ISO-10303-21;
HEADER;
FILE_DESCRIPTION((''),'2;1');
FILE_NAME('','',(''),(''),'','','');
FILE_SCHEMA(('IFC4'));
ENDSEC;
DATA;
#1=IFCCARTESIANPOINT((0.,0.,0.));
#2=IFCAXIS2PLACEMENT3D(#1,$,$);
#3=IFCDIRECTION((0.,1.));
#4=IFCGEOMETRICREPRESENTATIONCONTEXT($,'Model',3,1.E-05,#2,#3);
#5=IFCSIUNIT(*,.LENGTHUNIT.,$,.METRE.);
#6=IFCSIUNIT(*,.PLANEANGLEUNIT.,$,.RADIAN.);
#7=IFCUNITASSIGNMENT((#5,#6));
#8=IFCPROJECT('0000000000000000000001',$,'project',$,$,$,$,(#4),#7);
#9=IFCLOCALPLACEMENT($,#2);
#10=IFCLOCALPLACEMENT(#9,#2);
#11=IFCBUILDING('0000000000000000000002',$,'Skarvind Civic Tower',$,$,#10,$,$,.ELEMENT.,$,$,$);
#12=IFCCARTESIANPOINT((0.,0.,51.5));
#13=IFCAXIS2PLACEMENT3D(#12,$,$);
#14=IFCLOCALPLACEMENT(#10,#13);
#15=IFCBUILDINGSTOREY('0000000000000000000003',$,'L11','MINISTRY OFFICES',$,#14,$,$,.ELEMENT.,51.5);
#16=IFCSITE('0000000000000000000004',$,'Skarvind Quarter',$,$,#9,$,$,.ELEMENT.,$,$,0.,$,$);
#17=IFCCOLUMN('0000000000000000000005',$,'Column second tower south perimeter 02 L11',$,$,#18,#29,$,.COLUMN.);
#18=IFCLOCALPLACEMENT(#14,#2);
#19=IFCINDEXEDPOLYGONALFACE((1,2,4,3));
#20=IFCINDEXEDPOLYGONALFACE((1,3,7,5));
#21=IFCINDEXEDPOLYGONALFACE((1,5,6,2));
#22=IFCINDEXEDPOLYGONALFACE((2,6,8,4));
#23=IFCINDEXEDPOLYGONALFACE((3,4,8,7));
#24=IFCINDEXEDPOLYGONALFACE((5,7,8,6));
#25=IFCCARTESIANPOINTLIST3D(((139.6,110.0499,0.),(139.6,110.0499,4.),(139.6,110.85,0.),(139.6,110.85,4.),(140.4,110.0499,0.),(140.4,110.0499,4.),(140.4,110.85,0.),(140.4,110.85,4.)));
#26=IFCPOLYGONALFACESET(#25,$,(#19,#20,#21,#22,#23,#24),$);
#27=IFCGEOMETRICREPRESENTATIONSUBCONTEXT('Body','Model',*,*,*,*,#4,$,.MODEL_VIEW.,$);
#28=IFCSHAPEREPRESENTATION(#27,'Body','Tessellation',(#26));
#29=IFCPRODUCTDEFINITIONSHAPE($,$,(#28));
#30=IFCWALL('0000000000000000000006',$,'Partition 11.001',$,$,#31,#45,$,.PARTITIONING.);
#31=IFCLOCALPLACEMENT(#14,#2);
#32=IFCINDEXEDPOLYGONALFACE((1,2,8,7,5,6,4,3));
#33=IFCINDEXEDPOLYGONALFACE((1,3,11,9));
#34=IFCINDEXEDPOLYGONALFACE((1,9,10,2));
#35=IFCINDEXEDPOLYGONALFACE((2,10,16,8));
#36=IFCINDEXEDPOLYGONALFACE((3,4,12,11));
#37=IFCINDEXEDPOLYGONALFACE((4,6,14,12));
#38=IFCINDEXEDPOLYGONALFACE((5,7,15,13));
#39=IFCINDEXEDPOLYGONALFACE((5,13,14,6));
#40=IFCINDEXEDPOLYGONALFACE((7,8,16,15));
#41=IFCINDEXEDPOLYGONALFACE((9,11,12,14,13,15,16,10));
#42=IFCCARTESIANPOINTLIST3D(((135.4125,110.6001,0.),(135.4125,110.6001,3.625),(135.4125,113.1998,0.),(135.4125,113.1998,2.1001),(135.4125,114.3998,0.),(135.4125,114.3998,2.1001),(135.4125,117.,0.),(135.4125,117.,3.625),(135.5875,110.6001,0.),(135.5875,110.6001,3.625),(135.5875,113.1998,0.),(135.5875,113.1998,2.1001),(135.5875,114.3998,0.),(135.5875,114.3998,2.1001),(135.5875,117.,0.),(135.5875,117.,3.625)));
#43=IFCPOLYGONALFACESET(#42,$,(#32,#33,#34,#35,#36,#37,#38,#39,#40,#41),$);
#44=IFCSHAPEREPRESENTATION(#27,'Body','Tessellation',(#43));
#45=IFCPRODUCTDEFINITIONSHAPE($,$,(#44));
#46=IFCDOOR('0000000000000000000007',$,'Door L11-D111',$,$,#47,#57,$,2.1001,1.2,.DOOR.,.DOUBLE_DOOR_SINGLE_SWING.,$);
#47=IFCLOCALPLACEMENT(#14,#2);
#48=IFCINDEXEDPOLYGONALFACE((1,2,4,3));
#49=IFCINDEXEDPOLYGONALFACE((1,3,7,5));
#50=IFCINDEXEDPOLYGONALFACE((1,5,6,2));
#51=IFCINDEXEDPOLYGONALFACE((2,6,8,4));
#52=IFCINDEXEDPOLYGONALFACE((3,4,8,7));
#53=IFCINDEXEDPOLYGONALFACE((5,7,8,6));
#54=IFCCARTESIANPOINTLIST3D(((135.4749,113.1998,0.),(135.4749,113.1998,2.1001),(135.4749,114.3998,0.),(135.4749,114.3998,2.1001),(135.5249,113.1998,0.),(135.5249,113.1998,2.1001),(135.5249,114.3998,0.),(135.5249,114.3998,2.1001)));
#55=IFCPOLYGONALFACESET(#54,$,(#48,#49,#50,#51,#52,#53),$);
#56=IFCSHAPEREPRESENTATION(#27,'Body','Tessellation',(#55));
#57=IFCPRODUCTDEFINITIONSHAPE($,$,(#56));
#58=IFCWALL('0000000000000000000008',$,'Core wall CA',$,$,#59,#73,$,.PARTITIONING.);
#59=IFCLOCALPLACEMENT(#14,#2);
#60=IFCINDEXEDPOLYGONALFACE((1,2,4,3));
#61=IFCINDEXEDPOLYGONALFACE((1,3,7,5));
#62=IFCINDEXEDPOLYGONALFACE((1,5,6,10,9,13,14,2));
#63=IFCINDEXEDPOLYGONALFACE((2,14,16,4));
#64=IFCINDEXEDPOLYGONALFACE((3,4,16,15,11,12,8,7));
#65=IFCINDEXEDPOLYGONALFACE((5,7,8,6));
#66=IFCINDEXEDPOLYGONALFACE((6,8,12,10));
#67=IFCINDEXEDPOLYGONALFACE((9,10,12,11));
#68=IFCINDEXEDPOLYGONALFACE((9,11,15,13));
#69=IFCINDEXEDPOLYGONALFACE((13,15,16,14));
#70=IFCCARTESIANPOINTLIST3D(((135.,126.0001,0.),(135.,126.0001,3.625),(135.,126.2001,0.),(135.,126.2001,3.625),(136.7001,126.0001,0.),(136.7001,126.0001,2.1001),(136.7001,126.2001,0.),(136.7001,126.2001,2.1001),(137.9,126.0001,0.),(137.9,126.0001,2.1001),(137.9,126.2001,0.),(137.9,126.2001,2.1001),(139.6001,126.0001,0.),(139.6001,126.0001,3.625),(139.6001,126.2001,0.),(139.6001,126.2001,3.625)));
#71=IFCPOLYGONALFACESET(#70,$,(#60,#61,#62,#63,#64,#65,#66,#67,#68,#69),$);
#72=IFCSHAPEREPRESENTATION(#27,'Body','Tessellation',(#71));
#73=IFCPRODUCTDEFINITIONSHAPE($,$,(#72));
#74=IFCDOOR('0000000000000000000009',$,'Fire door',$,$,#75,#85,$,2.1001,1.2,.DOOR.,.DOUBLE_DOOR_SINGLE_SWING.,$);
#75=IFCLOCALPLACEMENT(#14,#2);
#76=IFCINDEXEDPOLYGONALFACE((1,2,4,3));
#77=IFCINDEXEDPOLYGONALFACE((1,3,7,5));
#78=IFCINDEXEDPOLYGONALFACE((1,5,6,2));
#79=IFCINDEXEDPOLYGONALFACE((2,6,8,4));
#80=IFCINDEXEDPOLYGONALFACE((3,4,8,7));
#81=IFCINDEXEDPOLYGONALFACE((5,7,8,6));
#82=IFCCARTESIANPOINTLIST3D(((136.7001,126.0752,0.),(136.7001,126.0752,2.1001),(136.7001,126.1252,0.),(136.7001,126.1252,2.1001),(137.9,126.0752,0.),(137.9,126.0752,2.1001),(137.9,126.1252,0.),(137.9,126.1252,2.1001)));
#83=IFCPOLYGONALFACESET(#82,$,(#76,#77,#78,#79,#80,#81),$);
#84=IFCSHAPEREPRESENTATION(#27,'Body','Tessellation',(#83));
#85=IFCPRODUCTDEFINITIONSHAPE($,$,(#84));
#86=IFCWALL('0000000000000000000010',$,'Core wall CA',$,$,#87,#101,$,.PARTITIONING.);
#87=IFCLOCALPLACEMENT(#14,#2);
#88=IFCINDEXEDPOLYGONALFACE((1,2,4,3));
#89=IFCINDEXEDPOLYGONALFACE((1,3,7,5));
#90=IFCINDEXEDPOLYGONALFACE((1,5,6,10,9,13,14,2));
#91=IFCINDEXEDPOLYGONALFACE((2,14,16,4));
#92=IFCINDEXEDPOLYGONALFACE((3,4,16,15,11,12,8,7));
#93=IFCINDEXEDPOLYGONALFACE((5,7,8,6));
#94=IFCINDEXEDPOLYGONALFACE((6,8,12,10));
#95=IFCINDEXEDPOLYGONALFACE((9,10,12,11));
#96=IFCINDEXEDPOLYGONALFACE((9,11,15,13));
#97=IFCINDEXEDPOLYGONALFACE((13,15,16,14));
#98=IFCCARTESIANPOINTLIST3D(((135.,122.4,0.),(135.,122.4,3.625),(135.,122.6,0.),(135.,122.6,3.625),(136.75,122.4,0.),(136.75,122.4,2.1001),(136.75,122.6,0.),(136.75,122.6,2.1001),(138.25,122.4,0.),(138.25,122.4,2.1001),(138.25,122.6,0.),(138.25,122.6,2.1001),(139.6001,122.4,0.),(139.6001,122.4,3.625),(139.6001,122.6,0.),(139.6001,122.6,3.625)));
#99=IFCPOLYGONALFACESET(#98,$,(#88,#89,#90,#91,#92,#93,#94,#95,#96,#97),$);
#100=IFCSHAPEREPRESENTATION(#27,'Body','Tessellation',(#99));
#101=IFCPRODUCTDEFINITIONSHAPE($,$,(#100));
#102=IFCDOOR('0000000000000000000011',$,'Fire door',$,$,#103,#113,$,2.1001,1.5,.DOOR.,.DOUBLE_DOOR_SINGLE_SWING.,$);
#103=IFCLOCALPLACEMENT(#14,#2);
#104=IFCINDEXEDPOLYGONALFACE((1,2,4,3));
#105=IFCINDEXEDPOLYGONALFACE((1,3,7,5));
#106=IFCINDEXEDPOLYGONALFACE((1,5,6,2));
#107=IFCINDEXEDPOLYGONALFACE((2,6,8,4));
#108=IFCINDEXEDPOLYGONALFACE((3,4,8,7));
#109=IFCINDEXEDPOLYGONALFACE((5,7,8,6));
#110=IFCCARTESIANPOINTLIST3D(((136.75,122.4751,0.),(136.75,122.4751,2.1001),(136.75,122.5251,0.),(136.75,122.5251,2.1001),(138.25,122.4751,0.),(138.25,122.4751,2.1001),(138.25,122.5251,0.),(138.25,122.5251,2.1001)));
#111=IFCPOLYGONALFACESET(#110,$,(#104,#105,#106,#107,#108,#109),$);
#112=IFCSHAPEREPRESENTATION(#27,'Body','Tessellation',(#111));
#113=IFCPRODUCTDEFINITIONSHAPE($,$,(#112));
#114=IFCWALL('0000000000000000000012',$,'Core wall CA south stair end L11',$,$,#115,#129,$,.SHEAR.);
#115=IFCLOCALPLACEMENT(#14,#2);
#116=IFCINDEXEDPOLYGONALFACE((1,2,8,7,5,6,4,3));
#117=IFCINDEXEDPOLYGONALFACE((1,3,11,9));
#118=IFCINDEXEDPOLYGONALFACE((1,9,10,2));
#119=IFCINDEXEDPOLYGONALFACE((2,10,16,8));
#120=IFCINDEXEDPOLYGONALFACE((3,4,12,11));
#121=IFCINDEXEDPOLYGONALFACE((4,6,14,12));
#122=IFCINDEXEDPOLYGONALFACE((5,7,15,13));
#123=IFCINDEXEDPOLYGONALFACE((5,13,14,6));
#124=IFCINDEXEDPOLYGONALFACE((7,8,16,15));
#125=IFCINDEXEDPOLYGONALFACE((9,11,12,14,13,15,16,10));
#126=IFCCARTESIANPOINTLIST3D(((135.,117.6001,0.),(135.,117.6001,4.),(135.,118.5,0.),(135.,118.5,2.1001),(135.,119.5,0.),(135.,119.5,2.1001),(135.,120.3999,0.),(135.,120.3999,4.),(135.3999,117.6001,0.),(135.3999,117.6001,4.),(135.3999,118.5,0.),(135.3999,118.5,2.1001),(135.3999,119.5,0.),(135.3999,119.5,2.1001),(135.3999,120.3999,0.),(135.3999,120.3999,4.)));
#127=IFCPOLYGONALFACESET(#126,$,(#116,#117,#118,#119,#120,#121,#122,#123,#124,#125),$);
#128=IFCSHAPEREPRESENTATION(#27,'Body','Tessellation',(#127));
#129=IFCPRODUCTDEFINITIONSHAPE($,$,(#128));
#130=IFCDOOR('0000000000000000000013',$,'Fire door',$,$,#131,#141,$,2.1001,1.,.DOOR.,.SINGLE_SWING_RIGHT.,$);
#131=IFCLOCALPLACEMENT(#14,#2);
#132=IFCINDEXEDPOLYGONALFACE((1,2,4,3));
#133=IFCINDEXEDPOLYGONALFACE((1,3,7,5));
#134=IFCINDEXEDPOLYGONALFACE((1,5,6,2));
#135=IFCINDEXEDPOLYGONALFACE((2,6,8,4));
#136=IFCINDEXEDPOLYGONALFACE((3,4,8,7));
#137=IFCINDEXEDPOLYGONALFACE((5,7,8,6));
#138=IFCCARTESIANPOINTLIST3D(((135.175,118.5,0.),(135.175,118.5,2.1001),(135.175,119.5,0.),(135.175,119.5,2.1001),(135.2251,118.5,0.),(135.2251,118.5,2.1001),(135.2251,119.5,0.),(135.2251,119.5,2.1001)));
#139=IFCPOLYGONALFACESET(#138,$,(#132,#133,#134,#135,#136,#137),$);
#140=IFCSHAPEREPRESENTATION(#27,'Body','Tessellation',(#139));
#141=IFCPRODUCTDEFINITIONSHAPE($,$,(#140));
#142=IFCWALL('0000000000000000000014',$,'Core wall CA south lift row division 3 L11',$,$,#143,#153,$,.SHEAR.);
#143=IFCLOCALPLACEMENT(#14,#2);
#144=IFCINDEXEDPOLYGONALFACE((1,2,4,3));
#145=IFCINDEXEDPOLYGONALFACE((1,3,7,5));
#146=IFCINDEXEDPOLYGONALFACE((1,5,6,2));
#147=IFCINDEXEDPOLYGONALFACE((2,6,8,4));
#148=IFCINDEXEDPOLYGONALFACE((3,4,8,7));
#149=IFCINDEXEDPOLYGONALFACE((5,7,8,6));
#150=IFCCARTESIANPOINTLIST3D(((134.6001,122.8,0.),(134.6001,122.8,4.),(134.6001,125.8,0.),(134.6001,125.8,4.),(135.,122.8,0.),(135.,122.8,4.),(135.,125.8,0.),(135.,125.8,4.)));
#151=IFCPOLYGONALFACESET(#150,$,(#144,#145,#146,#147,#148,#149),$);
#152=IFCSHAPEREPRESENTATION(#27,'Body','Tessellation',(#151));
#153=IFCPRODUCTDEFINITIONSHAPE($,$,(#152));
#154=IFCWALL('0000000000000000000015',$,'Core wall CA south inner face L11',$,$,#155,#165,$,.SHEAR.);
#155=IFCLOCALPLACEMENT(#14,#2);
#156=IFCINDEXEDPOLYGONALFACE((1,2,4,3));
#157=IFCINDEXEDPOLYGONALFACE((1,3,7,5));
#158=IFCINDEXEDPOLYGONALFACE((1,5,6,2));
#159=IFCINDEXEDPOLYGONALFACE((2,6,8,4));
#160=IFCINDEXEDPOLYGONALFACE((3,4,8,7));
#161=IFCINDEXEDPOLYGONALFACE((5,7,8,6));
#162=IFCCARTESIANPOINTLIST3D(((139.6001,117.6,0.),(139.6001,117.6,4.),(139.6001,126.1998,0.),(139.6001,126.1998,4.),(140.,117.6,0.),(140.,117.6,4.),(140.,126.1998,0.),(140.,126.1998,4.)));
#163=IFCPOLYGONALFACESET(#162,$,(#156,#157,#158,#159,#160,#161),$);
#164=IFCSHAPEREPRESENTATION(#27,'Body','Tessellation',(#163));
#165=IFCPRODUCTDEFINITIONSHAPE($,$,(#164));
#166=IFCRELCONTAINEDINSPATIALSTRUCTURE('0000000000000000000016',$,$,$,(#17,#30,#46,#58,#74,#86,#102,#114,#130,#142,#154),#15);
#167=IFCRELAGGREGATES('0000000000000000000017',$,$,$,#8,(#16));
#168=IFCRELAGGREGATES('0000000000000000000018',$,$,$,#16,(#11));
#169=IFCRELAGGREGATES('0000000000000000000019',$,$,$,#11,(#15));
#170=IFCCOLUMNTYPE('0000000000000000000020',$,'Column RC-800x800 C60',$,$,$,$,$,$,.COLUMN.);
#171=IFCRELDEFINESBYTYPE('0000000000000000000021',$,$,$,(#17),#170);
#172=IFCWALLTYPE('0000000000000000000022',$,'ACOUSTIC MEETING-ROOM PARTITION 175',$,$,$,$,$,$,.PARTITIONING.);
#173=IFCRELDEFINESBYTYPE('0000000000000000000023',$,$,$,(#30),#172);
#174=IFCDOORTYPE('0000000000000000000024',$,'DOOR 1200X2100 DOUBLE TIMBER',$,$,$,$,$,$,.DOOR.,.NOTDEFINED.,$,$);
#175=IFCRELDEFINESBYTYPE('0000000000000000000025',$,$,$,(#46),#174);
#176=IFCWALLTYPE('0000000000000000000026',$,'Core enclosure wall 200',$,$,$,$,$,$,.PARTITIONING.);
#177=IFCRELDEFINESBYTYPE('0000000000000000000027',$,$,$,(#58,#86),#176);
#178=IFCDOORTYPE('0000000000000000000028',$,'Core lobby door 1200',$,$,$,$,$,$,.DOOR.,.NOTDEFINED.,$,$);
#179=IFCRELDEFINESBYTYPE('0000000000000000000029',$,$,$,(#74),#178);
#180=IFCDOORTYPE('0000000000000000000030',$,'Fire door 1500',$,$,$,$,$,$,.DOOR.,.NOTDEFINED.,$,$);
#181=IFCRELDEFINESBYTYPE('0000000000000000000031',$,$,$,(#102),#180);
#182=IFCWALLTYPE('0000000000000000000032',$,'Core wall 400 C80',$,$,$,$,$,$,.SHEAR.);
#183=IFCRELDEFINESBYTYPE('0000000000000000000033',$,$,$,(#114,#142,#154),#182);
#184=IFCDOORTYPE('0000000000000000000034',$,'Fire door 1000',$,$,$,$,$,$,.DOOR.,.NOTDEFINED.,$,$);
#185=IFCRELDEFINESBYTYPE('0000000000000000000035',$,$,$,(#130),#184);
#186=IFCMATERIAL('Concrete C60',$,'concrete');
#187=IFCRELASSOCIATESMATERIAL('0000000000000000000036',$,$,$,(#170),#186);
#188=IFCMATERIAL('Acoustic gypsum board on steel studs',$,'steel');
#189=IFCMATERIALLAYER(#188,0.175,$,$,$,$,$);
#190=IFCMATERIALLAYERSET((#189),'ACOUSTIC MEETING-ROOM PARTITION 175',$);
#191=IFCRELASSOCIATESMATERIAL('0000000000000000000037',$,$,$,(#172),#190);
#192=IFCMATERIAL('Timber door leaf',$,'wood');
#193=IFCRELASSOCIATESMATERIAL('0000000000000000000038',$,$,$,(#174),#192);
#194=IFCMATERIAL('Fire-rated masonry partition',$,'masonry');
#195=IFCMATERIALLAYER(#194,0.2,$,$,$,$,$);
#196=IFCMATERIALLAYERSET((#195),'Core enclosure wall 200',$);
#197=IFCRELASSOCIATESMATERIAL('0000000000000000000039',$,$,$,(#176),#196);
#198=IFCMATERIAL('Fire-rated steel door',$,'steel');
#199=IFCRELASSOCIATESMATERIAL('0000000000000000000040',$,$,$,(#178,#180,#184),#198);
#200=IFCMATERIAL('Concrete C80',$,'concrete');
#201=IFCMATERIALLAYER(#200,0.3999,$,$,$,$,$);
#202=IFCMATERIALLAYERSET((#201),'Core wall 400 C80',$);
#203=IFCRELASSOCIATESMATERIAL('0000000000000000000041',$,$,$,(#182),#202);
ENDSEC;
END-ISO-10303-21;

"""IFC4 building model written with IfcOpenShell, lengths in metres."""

from ifc_helpers import new_model, si_unit, direction, frame, frame_2d, origin, origin_2d, place, context, subcontext, project, spatial, rectangle, extrude, material, layer, layer_set, material_profile, profile_set, type_object, element, fill, save


model = new_model("IFC4")

# Units and contexts
model_context = context("Model", 3, precision=1e-05, world=origin(), true_north=direction((0.0, 1.0)))
body_context = subcontext(model_context, "Body", "Model", "MODEL_VIEW")
ifc_project = project(units=[si_unit("LENGTHUNIT", "METRE"), si_unit("PLANEANGLEUNIT", "RADIAN")], contexts=[model_context])

# Site, building, storey
site_placement = place(None, origin())
site = spatial("IfcSite", under=ifc_project, at=site_placement, Name="Skarvind Quarter", CompositionType="ELEMENT", RefElevation=0.0)
building_placement = place(site_placement, origin())
building = spatial("IfcBuilding", under=site, at=building_placement, Name="Skarvind Civic Tower", CompositionType="ELEMENT")
storey_placement = place(building_placement, frame((0.0, 0.0, 51.5)))
storey = spatial("IfcBuildingStorey", under=building, at=storey_placement, Name="L11", Description="MINISTRY OFFICES", CompositionType="ELEMENT", Elevation=51.5)

# Column
ifc_material_1 = material(Name="Concrete C60", Category="concrete")
ifc_material_profile = material_profile(ifc_material_1, rectangle(XDim=0.8, YDim=0.8, at=origin_2d()), Name="RC-800x800")
ifc_profile_set = profile_set([ifc_material_profile], Name="Concrete C60")
column_type = type_object("IfcColumnType", Name="Column RC-800x800 C60", PredefinedType="COLUMN", material=ifc_profile_set)
column_placement = place(storey_placement, frame((140.0, 110.45, 0.0), z_axis=(0.0, 0.0, 1.0), x_axis=(1.0, 0.0, 0.0)))
element("IfcColumn", 1, at=column_placement, inside=storey, type_object=column_type, Name="Column second tower south perimeter 02 L11", PredefinedType="COLUMN", context=body_context, shape_type="SweptSolid", body=[
    extrude(rectangle(XDim=0.8, YDim=0.8, at=origin_2d()), origin(), (0.0, 0.0, 1.0), 4.0),
])

# Walls, openings, doors
ifc_material_2 = material(Name="Acoustic gypsum board on steel studs", Category="steel")
ifc_layer_1 = layer(ifc_material_2, 0.175)
ifc_layer_set_1 = layer_set([ifc_layer_1], Name="ACOUSTIC MEETING-ROOM PARTITION 175")
wall_type_1 = type_object("IfcWallType", Name="ACOUSTIC MEETING-ROOM PARTITION 175", PredefinedType="PARTITIONING", material=ifc_layer_set_1)
wall_1_placement = place(storey_placement, frame((135.5, 117.0, 0.0), z_axis=(0.0, 0.0, 1.0), x_axis=(0.0, -1.0, 0.0)))
wall_1 = element("IfcWall", 2, at=wall_1_placement, inside=storey, type_object=wall_type_1, Name="Partition 11.001", PredefinedType="PARTITIONING", context=body_context, shape_type="SweptSolid", body=[
    extrude(rectangle(XDim=6.3999, YDim=0.175, at=frame_2d((3.2, 0.0))), origin(), (0.0, 0.0, 1.0), 3.625),
])
opening_1_placement = place(wall_1_placement, frame((2.6001, 0.0, 0.0)))
opening_1 = element("IfcOpeningElement", 3, at=opening_1_placement, cuts=wall_1, PredefinedType="OPENING", context=body_context, shape_type="SweptSolid", body=[
    extrude(rectangle(XDim=1.2, YDim=2.1001, at=frame_2d((0.6001, 1.05))), frame((0.0, 0.0974, 0.0), z_axis=(0.0, -1.0, 0.0), x_axis=(1.0, 0.0, 0.0)), (0.0, 0.0, 1.0), 0.1951),
])
ifc_material_3 = material(Name="Timber door leaf", Category="wood")
door_type_1 = type_object("IfcDoorType", Name="DOOR 1200X2100 DOUBLE TIMBER", OperationType="NOTDEFINED", PredefinedType="DOOR", material=ifc_material_3)
door_1_placement = place(opening_1_placement, origin())
door_1 = element("IfcDoor", 4, at=door_1_placement, inside=storey, type_object=door_type_1, Name="Door L11-D111", OperationType="DOUBLE_DOOR_SINGLE_SWING", OverallHeight=2.1001, OverallWidth=1.2, PredefinedType="DOOR", context=body_context, shape_type="SweptSolid", body=[
    extrude(rectangle(XDim=1.2, YDim=2.1001, at=frame_2d((0.6001, 1.05))), frame((0.0, 0.0249, 0.0), z_axis=(0.0, -1.0, 0.0), x_axis=(1.0, 0.0, 0.0)), (0.0, 0.0, 1.0), 0.05),
])
fill(opening_1, door_1)
ifc_material_4 = material(Name="Fire-rated masonry partition", Category="masonry")
ifc_layer_2 = layer(ifc_material_4, 0.2)
ifc_layer_set_2 = layer_set([ifc_layer_2], Name="Core enclosure wall 200")
wall_type_2 = type_object("IfcWallType", Name="Core enclosure wall 200", PredefinedType="PARTITIONING", material=ifc_layer_set_2)
wall_2_placement = place(storey_placement, frame((139.6001, 126.1001, 0.0), z_axis=(0.0, 0.0, 1.0), x_axis=(-1.0, 0.0, 0.0)))
wall_2 = element("IfcWall", 5, at=wall_2_placement, inside=storey, type_object=wall_type_2, Name="Core wall CA", PredefinedType="PARTITIONING", context=body_context, shape_type="SweptSolid", body=[
    extrude(rectangle(XDim=4.6001, YDim=0.2, at=frame_2d((2.3, 0.0))), origin(), (0.0, 0.0, 1.0), 3.625),
])
opening_2_placement = place(wall_2_placement, frame((1.7, 0.0, 0.0)))
opening_2 = element("IfcOpeningElement", 6, at=opening_2_placement, cuts=wall_2, PredefinedType="OPENING", context=body_context, shape_type="SweptSolid", body=[
    extrude(rectangle(XDim=1.2, YDim=2.1001, at=frame_2d((0.6001, 1.05))), frame((0.0, 0.1099, 0.0), z_axis=(0.0, -1.0, 0.0), x_axis=(1.0, 0.0, 0.0)), (0.0, 0.0, 1.0), 0.22),
])
ifc_material_5 = material(Name="Fire-rated steel door", Category="steel")
door_type_2 = type_object("IfcDoorType", Name="Core lobby door 1200", OperationType="NOTDEFINED", PredefinedType="DOOR", material=ifc_material_5)
door_2_placement = place(opening_2_placement, origin())
door_2 = element("IfcDoor", 7, at=door_2_placement, inside=storey, type_object=door_type_2, Name="Fire door", OperationType="DOUBLE_DOOR_SINGLE_SWING", OverallHeight=2.1001, OverallWidth=1.2, PredefinedType="DOOR", context=body_context, shape_type="SweptSolid", body=[
    extrude(rectangle(XDim=1.2, YDim=2.1001, at=frame_2d((0.6001, 1.05))), frame((0.0, 0.0249, 0.0), z_axis=(0.0, -1.0, 0.0), x_axis=(1.0, 0.0, 0.0)), (0.0, 0.0, 1.0), 0.05),
])
fill(opening_2, door_2)
wall_3_placement = place(storey_placement, frame((139.6001, 122.5, 0.0), z_axis=(0.0, 0.0, 1.0), x_axis=(-1.0, 0.0, 0.0)))
wall_3 = element("IfcWall", 8, at=wall_3_placement, inside=storey, type_object=wall_type_2, Name="Core wall CA", PredefinedType="PARTITIONING", context=body_context, shape_type="SweptSolid", body=[
    extrude(rectangle(XDim=4.6001, YDim=0.2, at=frame_2d((2.3, 0.0))), origin(), (0.0, 0.0, 1.0), 3.625),
])
opening_3_placement = place(wall_3_placement, frame((1.3501, 0.0, 0.0)))
opening_3 = element("IfcOpeningElement", 9, at=opening_3_placement, cuts=wall_3, PredefinedType="OPENING", context=body_context, shape_type="SweptSolid", body=[
    extrude(rectangle(XDim=1.5, YDim=2.1001, at=frame_2d((0.75, 1.05))), frame((0.0, 0.1099, 0.0), z_axis=(0.0, -1.0, 0.0), x_axis=(1.0, 0.0, 0.0)), (0.0, 0.0, 1.0), 0.22),
])
door_type_3 = type_object("IfcDoorType", Name="Fire door 1500", OperationType="NOTDEFINED", PredefinedType="DOOR", material=ifc_material_5)
door_3_placement = place(opening_3_placement, origin())
door_3 = element("IfcDoor", 10, at=door_3_placement, inside=storey, type_object=door_type_3, Name="Fire door", OperationType="DOUBLE_DOOR_SINGLE_SWING", OverallHeight=2.1001, OverallWidth=1.5, PredefinedType="DOOR", context=body_context, shape_type="SweptSolid", body=[
    extrude(rectangle(XDim=1.5, YDim=2.1001, at=frame_2d((0.75, 1.05))), frame((0.0, 0.0249, 0.0), z_axis=(0.0, -1.0, 0.0), x_axis=(1.0, 0.0, 0.0)), (0.0, 0.0, 1.0), 0.05),
])
fill(opening_3, door_3)
ifc_material_6 = material(Name="Concrete C80", Category="concrete")
ifc_layer_3 = layer(ifc_material_6, 0.3999)
ifc_layer_set_3 = layer_set([ifc_layer_3], Name="Core wall 400 C80")
wall_type_3 = type_object("IfcWallType", Name="Core wall 400 C80", PredefinedType="SHEAR", material=ifc_layer_set_3)
wall_4_placement = place(storey_placement, frame((135.2, 117.6001, 0.0), z_axis=(0.0, 0.0, 1.0), x_axis=(0.0, 1.0, 0.0)))
wall_4 = element("IfcWall", 11, at=wall_4_placement, inside=storey, type_object=wall_type_3, Name="Core wall CA south stair end L11", PredefinedType="SHEAR", context=body_context, shape_type="SweptSolid", body=[
    extrude(rectangle(XDim=2.7998, YDim=0.3999, at=frame_2d((1.3999, 0.0))), origin(), (0.0, 0.0, 1.0), 4.0),
])
opening_4_placement = place(wall_4_placement, frame((0.8999, 0.0, 0.0)))
opening_4 = element("IfcOpeningElement", 12, at=opening_4_placement, cuts=wall_4, PredefinedType="OPENING", context=body_context, shape_type="SweptSolid", body=[
    extrude(rectangle(XDim=1.0, YDim=2.1001, at=frame_2d((0.5, 1.05))), frame((0.0, 0.21, 0.0), z_axis=(0.0, -1.0, 0.0), x_axis=(1.0, 0.0, 0.0)), (0.0, 0.0, 1.0), 0.4199),
])
door_type_4 = type_object("IfcDoorType", Name="Fire door 1000", OperationType="NOTDEFINED", PredefinedType="DOOR", material=ifc_material_5)
door_4_placement = place(opening_4_placement, origin())
door_4 = element("IfcDoor", 13, at=door_4_placement, inside=storey, type_object=door_type_4, Name="Fire door", OperationType="SINGLE_SWING_RIGHT", OverallHeight=2.1001, OverallWidth=1.0, PredefinedType="DOOR", context=body_context, shape_type="SweptSolid", body=[
    extrude(rectangle(XDim=1.0, YDim=2.1001, at=frame_2d((0.5, 1.05))), frame((0.0, 0.0249, 0.0), z_axis=(0.0, -1.0, 0.0), x_axis=(1.0, 0.0, 0.0)), (0.0, 0.0, 1.0), 0.05),
])
fill(opening_4, door_4)

# Walls
wall_5_placement = place(storey_placement, frame((134.8, 122.8, 0.0), z_axis=(0.0, 0.0, 1.0), x_axis=(0.0, 1.0, 0.0)))
element("IfcWall", 14, at=wall_5_placement, inside=storey, type_object=wall_type_3, Name="Core wall CA south lift row division 3 L11", PredefinedType="SHEAR", context=body_context, shape_type="SweptSolid", body=[
    extrude(rectangle(XDim=3.0, YDim=0.3999, at=frame_2d((1.5, 0.0))), origin(), (0.0, 0.0, 1.0), 4.0),
])
wall_6_placement = place(storey_placement, frame((139.8, 117.6001, 0.0), z_axis=(0.0, 0.0, 1.0), x_axis=(0.0, 1.0, 0.0)))
element("IfcWall", 15, at=wall_6_placement, inside=storey, type_object=wall_type_3, Name="Core wall CA south inner face L11", PredefinedType="SHEAR", context=body_context, shape_type="SweptSolid", body=[
    extrude(rectangle(XDim=8.5999, YDim=0.3999, at=frame_2d((4.2998, 0.0))), origin(), (0.0, 0.0, 1.0), 4.0),
])

save(model, "model.ifc")
